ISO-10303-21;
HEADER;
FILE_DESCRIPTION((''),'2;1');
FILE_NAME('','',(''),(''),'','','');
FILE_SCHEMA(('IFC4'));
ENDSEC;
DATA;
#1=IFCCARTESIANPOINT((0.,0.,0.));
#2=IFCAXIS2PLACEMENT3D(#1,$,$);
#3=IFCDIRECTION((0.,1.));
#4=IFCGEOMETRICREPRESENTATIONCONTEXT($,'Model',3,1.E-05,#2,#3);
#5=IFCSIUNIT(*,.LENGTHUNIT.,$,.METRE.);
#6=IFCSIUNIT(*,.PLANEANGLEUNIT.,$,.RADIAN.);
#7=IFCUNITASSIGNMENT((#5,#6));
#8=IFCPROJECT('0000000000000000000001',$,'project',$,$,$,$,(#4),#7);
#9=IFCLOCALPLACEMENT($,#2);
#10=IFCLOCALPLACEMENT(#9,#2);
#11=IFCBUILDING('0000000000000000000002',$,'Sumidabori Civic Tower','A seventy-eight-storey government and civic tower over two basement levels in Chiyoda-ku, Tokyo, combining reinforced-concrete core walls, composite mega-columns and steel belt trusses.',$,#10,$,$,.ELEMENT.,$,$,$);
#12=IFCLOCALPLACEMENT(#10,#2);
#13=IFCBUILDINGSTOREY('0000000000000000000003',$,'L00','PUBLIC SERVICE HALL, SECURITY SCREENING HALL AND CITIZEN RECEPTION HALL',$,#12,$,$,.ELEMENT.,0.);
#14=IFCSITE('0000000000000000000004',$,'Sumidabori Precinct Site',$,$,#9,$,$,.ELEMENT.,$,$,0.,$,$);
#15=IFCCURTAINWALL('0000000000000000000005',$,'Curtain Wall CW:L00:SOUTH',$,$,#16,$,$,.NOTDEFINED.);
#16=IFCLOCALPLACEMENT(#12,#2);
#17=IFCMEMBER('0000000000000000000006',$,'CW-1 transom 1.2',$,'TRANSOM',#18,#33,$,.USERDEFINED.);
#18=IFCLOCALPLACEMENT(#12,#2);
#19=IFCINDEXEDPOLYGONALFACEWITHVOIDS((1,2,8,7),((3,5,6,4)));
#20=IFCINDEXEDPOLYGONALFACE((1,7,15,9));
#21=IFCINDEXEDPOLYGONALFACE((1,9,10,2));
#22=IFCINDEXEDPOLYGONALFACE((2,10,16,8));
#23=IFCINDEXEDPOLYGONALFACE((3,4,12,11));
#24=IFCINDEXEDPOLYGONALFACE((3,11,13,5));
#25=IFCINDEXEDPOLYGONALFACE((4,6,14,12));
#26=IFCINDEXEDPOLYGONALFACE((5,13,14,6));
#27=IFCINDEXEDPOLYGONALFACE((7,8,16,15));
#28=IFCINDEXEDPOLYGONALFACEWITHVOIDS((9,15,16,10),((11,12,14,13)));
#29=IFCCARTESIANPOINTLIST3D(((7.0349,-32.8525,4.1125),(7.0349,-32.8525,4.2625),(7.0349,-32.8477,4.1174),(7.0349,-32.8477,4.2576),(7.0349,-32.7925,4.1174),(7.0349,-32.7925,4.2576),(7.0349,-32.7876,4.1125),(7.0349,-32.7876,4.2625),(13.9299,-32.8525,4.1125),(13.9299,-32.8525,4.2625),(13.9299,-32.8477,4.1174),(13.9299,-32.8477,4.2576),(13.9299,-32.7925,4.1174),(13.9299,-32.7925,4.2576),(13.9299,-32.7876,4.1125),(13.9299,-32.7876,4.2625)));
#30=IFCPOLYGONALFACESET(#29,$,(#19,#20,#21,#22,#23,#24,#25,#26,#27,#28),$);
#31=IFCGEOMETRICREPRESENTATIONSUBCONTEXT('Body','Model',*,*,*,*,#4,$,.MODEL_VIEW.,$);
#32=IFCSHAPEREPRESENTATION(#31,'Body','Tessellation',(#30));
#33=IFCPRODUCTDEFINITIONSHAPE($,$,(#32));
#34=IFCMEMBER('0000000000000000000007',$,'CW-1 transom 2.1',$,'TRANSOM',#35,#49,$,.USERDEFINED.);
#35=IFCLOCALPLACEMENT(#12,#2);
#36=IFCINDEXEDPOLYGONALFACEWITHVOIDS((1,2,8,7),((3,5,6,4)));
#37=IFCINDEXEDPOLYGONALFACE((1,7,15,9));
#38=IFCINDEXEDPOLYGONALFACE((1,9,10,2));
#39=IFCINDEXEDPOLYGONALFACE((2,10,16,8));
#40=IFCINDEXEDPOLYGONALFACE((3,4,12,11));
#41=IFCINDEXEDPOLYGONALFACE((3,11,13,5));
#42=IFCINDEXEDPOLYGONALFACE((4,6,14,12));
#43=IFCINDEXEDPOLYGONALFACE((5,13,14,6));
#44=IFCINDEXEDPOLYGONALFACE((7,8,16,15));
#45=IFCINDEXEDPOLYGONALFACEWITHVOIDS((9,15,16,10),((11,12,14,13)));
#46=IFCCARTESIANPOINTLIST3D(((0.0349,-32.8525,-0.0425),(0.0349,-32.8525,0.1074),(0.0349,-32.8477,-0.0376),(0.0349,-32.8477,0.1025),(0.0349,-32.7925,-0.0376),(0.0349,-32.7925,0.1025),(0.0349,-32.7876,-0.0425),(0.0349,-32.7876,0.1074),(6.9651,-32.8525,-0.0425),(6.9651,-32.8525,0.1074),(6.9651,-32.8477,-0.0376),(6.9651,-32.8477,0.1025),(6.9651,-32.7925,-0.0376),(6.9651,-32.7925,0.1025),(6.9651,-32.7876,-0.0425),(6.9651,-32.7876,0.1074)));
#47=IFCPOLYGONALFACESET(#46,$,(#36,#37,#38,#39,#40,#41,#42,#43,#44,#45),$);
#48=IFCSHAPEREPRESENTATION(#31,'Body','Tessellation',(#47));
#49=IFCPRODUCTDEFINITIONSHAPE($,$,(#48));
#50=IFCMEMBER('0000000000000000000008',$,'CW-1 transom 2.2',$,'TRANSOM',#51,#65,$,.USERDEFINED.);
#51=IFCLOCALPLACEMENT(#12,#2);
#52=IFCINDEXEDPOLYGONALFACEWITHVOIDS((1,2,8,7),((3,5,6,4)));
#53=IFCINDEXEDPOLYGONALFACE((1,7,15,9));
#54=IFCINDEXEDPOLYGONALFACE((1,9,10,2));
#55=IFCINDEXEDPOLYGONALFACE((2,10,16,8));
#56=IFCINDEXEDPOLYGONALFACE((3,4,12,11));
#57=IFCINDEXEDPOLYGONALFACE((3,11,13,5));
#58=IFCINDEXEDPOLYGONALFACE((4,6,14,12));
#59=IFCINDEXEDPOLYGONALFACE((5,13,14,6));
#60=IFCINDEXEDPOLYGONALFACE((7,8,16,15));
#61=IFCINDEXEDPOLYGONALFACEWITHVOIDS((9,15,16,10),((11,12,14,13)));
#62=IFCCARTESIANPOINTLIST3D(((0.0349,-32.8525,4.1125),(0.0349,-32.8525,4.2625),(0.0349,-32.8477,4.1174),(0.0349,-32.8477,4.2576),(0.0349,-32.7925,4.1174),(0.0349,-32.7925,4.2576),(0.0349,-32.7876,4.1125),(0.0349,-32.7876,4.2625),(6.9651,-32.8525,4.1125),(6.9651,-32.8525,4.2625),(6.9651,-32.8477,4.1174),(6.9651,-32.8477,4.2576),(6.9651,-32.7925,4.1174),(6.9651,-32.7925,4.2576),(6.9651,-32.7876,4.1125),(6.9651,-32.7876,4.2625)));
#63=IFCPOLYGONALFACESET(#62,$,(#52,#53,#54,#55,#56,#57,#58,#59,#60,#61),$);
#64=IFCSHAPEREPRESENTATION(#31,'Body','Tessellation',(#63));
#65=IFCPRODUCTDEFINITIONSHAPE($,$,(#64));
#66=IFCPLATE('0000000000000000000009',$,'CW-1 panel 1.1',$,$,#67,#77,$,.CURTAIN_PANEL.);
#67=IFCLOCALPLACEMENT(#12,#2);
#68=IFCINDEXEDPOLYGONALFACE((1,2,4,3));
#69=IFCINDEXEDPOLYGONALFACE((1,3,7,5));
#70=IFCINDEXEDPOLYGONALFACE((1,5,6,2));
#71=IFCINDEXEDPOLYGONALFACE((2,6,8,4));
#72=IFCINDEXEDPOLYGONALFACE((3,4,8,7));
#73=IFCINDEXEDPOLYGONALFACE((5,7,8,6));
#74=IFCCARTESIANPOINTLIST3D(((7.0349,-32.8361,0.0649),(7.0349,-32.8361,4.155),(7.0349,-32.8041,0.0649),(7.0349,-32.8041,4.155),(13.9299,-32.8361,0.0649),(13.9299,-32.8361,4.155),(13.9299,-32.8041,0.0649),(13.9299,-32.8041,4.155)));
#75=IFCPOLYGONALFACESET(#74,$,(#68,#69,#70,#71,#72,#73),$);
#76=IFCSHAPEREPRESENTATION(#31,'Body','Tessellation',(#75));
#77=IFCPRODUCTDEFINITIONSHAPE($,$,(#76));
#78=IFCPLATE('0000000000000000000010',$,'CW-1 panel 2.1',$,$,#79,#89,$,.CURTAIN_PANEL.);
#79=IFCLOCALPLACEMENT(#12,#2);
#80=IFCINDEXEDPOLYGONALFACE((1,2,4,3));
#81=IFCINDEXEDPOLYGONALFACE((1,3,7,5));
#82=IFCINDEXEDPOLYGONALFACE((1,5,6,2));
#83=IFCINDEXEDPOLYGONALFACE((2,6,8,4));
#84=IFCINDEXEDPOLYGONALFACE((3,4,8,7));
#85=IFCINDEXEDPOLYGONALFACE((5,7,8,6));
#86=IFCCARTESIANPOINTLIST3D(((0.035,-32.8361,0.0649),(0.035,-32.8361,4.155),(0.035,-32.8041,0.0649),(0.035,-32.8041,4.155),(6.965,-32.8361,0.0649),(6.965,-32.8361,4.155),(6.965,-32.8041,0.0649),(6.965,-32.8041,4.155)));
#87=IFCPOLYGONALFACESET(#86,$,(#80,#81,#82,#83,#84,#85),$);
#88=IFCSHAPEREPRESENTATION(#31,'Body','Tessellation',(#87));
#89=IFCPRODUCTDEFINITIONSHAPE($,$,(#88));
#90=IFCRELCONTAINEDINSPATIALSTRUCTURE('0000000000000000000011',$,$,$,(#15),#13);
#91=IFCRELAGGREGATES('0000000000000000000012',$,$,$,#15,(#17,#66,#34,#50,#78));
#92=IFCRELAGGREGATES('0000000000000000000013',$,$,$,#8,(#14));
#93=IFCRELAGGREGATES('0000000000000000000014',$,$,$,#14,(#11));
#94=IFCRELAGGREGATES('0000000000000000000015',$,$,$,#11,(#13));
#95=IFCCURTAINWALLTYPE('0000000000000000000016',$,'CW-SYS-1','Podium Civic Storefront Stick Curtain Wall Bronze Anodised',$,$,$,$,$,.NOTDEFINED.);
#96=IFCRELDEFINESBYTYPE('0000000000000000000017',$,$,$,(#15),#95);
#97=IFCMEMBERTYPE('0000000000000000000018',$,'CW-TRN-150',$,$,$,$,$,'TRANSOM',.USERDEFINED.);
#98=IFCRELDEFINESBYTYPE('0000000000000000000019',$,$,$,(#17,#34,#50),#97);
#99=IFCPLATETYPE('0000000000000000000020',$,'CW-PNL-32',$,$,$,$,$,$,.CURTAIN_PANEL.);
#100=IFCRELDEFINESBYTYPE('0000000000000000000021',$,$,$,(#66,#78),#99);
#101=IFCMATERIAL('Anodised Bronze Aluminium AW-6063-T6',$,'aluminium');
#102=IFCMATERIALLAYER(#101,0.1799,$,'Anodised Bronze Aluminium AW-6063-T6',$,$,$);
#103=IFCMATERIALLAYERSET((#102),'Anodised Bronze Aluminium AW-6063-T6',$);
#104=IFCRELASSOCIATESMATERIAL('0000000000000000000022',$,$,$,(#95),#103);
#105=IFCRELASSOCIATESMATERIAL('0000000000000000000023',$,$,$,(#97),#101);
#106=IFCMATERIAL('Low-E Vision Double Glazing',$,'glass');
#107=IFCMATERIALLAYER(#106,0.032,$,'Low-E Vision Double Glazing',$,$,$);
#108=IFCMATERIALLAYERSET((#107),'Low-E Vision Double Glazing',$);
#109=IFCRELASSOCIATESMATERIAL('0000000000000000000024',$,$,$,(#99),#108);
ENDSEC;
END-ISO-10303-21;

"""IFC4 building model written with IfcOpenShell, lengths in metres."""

from ifc_helpers import new_model, si_unit, direction, frame, origin, origin_2d, place, context, subcontext, project, spatial, rectangle, hollow_rectangle, extrude, source, transform, mapped, material, layer, layer_set, material_profile, profile_set, type_object, element, aggregate, save


model = new_model("IFC4")

# Units and contexts
model_context = context("Model", 3, precision=1e-05, world=origin(), true_north=direction((0.0, 1.0)))
body_context = subcontext(model_context, "Body", "Model", "MODEL_VIEW")
ifc_project = project(units=[si_unit("LENGTHUNIT", "METRE"), si_unit("PLANEANGLEUNIT", "RADIAN")], contexts=[model_context])

# Site, building, storey
site_placement = place(None, origin())
site = spatial("IfcSite", under=ifc_project, at=site_placement, Name="Sumidabori Precinct Site", CompositionType="ELEMENT", RefElevation=0.0)
building_placement = place(site_placement, origin())
building = spatial("IfcBuilding", under=site, at=building_placement, Name="Sumidabori Civic Tower", Description="A seventy-eight-storey government and civic tower over two basement levels in Chiyoda-ku, Tokyo, combining reinforced-concrete core walls, composite mega-columns and steel belt trusses.", CompositionType="ELEMENT")
storey_placement = place(building_placement, origin())
storey = spatial("IfcBuildingStorey", under=building, at=storey_placement, Name="L00", Description="PUBLIC SERVICE HALL, SECURITY SCREENING HALL AND CITIZEN RECEPTION HALL", CompositionType="ELEMENT", Elevation=0.0)

# Curtain wall, members, plates
ifc_material_1 = material(Name="Anodised Bronze Aluminium AW-6063-T6", Category="aluminium")
ifc_layer_1 = layer(ifc_material_1, 0.1799, Name="Anodised Bronze Aluminium AW-6063-T6")
ifc_layer_set_1 = layer_set([ifc_layer_1], Name="Anodised Bronze Aluminium AW-6063-T6")
curtain_wall_type = type_object("IfcCurtainWallType", Name="CW-SYS-1", Description="Podium Civic Storefront Stick Curtain Wall Bronze Anodised", PredefinedType="NOTDEFINED", material=ifc_layer_set_1)
curtain_wall_placement = place(storey_placement, origin())
curtain_wall = element("IfcCurtainWall", 1, at=curtain_wall_placement, inside=storey, type_object=curtain_wall_type, Name="Curtain Wall CW:L00:SOUTH", PredefinedType="NOTDEFINED")
ifc_material_profile_1 = material_profile(ifc_material_1, hollow_rectangle(XDim=0.0649, YDim=0.1499, WallThickness=0.0049, at=origin_2d()), Name="ALU TRANSOM 150x65")
ifc_profile_set_1 = profile_set([ifc_material_profile_1], Name="Anodised Bronze Aluminium AW-6063-T6")
member_type_1 = type_object("IfcMemberType", Name="CW-TRN-150", ElementType="TRANSOM", PredefinedType="USERDEFINED", material=ifc_profile_set_1)
shared_shape_1 = source(origin(), body_context, "Body", "SweptSolid", [
    extrude(hollow_rectangle(XDim=0.0649, YDim=0.1499, WallThickness=0.0049, at=origin_2d()), origin(), (0.0, 0.0, 1.0), 6.895),
])
member_1_placement = place(storey_placement, frame((13.9299, -32.8201, 4.1875), z_axis=(-1.0, 0.0, 0.0), x_axis=(0.0, -1.0, 0.0)))
member_1 = element("IfcMember", 2, at=member_1_placement, type_object=member_type_1, Name="CW-1 transom 1.2", ObjectType="TRANSOM", PredefinedType="USERDEFINED", context=body_context, shape_type="MappedRepresentation", body=[
    mapped(shared_shape_1, transform((0.0, 0.0, 0.0), x_axis=(1.0, 0.0, 0.0), y_axis=(0.0, 1.0, 0.0), z_axis=(0.0, 0.0, 1.0), scale=1.0)),
])
shared_shape_2 = source(origin(), body_context, "Body", "SweptSolid", [
    extrude(hollow_rectangle(XDim=0.0649, YDim=0.1499, WallThickness=0.0049, at=origin_2d()), origin(), (0.0, 0.0, 1.0), 6.9302),
])
member_2_placement = place(storey_placement, frame((6.9651, -32.8201, 0.0325), z_axis=(-1.0, 0.0, 0.0), x_axis=(0.0, -1.0, 0.0)))
member_2 = element("IfcMember", 3, at=member_2_placement, type_object=member_type_1, Name="CW-1 transom 2.1", ObjectType="TRANSOM", PredefinedType="USERDEFINED", context=body_context, shape_type="MappedRepresentation", body=[
    mapped(shared_shape_2, transform((0.0, 0.0, 0.0), x_axis=(1.0, 0.0, 0.0), y_axis=(0.0, 1.0, 0.0), z_axis=(0.0, 0.0, 1.0), scale=1.0)),
])
member_3_placement = place(storey_placement, frame((6.9651, -32.8201, 4.1875), z_axis=(-1.0, 0.0, 0.0), x_axis=(0.0, -1.0, 0.0)))
member_3 = element("IfcMember", 4, at=member_3_placement, type_object=member_type_1, Name="CW-1 transom 2.2", ObjectType="TRANSOM", PredefinedType="USERDEFINED", context=body_context, shape_type="MappedRepresentation", body=[
    mapped(shared_shape_2, transform((0.0, 0.0, 0.0), x_axis=(1.0, 0.0, 0.0), y_axis=(0.0, 1.0, 0.0), z_axis=(0.0, 0.0, 1.0), scale=1.0)),
])
ifc_material_2 = material(Name="Low-E Vision Double Glazing", Category="glass")
ifc_layer_2 = layer(ifc_material_2, 0.032, Name="Low-E Vision Double Glazing")
ifc_layer_set_2 = layer_set([ifc_layer_2], Name="Low-E Vision Double Glazing")
plate_type = type_object("IfcPlateType", Name="CW-PNL-32", PredefinedType="CURTAIN_PANEL", material=ifc_layer_set_2)
shared_shape_3 = source(origin(), body_context, "Body", "SweptSolid", [
    extrude(rectangle(XDim=6.895, YDim=0.032, at=origin_2d()), origin(), (0.0, 0.0, 1.0), 4.0901),
])
plate_1_placement = place(storey_placement, frame((10.4824, -32.8201, 0.0649), z_axis=(0.0, 0.0, 1.0), x_axis=(-1.0, 0.0, 0.0)))
plate_1 = element("IfcPlate", 5, at=plate_1_placement, type_object=plate_type, Name="CW-1 panel 1.1", PredefinedType="CURTAIN_PANEL", context=body_context, shape_type="MappedRepresentation", body=[
    mapped(shared_shape_3, transform((0.0, 0.0, 0.0), x_axis=(1.0, 0.0, 0.0), y_axis=(0.0, 1.0, 0.0), z_axis=(0.0, 0.0, 1.0), scale=1.0)),
])
shared_shape_4 = source(origin(), body_context, "Body", "SweptSolid", [
    extrude(rectangle(XDim=6.9299, YDim=0.032, at=origin_2d()), origin(), (0.0, 0.0, 1.0), 4.0901),
])
plate_2_placement = place(storey_placement, frame((3.5, -32.8201, 0.0649), z_axis=(0.0, 0.0, 1.0), x_axis=(-1.0, 0.0, 0.0)))
plate_2 = element("IfcPlate", 6, at=plate_2_placement, type_object=plate_type, Name="CW-1 panel 2.1", PredefinedType="CURTAIN_PANEL", context=body_context, shape_type="MappedRepresentation", body=[
    mapped(shared_shape_4, transform((0.0, 0.0, 0.0), x_axis=(1.0, 0.0, 0.0), y_axis=(0.0, 1.0, 0.0), z_axis=(0.0, 0.0, 1.0), scale=1.0)),
])
aggregate(curtain_wall, [member_1, plate_1, member_2, member_3, plate_2])

save(model, "model.ifc")
